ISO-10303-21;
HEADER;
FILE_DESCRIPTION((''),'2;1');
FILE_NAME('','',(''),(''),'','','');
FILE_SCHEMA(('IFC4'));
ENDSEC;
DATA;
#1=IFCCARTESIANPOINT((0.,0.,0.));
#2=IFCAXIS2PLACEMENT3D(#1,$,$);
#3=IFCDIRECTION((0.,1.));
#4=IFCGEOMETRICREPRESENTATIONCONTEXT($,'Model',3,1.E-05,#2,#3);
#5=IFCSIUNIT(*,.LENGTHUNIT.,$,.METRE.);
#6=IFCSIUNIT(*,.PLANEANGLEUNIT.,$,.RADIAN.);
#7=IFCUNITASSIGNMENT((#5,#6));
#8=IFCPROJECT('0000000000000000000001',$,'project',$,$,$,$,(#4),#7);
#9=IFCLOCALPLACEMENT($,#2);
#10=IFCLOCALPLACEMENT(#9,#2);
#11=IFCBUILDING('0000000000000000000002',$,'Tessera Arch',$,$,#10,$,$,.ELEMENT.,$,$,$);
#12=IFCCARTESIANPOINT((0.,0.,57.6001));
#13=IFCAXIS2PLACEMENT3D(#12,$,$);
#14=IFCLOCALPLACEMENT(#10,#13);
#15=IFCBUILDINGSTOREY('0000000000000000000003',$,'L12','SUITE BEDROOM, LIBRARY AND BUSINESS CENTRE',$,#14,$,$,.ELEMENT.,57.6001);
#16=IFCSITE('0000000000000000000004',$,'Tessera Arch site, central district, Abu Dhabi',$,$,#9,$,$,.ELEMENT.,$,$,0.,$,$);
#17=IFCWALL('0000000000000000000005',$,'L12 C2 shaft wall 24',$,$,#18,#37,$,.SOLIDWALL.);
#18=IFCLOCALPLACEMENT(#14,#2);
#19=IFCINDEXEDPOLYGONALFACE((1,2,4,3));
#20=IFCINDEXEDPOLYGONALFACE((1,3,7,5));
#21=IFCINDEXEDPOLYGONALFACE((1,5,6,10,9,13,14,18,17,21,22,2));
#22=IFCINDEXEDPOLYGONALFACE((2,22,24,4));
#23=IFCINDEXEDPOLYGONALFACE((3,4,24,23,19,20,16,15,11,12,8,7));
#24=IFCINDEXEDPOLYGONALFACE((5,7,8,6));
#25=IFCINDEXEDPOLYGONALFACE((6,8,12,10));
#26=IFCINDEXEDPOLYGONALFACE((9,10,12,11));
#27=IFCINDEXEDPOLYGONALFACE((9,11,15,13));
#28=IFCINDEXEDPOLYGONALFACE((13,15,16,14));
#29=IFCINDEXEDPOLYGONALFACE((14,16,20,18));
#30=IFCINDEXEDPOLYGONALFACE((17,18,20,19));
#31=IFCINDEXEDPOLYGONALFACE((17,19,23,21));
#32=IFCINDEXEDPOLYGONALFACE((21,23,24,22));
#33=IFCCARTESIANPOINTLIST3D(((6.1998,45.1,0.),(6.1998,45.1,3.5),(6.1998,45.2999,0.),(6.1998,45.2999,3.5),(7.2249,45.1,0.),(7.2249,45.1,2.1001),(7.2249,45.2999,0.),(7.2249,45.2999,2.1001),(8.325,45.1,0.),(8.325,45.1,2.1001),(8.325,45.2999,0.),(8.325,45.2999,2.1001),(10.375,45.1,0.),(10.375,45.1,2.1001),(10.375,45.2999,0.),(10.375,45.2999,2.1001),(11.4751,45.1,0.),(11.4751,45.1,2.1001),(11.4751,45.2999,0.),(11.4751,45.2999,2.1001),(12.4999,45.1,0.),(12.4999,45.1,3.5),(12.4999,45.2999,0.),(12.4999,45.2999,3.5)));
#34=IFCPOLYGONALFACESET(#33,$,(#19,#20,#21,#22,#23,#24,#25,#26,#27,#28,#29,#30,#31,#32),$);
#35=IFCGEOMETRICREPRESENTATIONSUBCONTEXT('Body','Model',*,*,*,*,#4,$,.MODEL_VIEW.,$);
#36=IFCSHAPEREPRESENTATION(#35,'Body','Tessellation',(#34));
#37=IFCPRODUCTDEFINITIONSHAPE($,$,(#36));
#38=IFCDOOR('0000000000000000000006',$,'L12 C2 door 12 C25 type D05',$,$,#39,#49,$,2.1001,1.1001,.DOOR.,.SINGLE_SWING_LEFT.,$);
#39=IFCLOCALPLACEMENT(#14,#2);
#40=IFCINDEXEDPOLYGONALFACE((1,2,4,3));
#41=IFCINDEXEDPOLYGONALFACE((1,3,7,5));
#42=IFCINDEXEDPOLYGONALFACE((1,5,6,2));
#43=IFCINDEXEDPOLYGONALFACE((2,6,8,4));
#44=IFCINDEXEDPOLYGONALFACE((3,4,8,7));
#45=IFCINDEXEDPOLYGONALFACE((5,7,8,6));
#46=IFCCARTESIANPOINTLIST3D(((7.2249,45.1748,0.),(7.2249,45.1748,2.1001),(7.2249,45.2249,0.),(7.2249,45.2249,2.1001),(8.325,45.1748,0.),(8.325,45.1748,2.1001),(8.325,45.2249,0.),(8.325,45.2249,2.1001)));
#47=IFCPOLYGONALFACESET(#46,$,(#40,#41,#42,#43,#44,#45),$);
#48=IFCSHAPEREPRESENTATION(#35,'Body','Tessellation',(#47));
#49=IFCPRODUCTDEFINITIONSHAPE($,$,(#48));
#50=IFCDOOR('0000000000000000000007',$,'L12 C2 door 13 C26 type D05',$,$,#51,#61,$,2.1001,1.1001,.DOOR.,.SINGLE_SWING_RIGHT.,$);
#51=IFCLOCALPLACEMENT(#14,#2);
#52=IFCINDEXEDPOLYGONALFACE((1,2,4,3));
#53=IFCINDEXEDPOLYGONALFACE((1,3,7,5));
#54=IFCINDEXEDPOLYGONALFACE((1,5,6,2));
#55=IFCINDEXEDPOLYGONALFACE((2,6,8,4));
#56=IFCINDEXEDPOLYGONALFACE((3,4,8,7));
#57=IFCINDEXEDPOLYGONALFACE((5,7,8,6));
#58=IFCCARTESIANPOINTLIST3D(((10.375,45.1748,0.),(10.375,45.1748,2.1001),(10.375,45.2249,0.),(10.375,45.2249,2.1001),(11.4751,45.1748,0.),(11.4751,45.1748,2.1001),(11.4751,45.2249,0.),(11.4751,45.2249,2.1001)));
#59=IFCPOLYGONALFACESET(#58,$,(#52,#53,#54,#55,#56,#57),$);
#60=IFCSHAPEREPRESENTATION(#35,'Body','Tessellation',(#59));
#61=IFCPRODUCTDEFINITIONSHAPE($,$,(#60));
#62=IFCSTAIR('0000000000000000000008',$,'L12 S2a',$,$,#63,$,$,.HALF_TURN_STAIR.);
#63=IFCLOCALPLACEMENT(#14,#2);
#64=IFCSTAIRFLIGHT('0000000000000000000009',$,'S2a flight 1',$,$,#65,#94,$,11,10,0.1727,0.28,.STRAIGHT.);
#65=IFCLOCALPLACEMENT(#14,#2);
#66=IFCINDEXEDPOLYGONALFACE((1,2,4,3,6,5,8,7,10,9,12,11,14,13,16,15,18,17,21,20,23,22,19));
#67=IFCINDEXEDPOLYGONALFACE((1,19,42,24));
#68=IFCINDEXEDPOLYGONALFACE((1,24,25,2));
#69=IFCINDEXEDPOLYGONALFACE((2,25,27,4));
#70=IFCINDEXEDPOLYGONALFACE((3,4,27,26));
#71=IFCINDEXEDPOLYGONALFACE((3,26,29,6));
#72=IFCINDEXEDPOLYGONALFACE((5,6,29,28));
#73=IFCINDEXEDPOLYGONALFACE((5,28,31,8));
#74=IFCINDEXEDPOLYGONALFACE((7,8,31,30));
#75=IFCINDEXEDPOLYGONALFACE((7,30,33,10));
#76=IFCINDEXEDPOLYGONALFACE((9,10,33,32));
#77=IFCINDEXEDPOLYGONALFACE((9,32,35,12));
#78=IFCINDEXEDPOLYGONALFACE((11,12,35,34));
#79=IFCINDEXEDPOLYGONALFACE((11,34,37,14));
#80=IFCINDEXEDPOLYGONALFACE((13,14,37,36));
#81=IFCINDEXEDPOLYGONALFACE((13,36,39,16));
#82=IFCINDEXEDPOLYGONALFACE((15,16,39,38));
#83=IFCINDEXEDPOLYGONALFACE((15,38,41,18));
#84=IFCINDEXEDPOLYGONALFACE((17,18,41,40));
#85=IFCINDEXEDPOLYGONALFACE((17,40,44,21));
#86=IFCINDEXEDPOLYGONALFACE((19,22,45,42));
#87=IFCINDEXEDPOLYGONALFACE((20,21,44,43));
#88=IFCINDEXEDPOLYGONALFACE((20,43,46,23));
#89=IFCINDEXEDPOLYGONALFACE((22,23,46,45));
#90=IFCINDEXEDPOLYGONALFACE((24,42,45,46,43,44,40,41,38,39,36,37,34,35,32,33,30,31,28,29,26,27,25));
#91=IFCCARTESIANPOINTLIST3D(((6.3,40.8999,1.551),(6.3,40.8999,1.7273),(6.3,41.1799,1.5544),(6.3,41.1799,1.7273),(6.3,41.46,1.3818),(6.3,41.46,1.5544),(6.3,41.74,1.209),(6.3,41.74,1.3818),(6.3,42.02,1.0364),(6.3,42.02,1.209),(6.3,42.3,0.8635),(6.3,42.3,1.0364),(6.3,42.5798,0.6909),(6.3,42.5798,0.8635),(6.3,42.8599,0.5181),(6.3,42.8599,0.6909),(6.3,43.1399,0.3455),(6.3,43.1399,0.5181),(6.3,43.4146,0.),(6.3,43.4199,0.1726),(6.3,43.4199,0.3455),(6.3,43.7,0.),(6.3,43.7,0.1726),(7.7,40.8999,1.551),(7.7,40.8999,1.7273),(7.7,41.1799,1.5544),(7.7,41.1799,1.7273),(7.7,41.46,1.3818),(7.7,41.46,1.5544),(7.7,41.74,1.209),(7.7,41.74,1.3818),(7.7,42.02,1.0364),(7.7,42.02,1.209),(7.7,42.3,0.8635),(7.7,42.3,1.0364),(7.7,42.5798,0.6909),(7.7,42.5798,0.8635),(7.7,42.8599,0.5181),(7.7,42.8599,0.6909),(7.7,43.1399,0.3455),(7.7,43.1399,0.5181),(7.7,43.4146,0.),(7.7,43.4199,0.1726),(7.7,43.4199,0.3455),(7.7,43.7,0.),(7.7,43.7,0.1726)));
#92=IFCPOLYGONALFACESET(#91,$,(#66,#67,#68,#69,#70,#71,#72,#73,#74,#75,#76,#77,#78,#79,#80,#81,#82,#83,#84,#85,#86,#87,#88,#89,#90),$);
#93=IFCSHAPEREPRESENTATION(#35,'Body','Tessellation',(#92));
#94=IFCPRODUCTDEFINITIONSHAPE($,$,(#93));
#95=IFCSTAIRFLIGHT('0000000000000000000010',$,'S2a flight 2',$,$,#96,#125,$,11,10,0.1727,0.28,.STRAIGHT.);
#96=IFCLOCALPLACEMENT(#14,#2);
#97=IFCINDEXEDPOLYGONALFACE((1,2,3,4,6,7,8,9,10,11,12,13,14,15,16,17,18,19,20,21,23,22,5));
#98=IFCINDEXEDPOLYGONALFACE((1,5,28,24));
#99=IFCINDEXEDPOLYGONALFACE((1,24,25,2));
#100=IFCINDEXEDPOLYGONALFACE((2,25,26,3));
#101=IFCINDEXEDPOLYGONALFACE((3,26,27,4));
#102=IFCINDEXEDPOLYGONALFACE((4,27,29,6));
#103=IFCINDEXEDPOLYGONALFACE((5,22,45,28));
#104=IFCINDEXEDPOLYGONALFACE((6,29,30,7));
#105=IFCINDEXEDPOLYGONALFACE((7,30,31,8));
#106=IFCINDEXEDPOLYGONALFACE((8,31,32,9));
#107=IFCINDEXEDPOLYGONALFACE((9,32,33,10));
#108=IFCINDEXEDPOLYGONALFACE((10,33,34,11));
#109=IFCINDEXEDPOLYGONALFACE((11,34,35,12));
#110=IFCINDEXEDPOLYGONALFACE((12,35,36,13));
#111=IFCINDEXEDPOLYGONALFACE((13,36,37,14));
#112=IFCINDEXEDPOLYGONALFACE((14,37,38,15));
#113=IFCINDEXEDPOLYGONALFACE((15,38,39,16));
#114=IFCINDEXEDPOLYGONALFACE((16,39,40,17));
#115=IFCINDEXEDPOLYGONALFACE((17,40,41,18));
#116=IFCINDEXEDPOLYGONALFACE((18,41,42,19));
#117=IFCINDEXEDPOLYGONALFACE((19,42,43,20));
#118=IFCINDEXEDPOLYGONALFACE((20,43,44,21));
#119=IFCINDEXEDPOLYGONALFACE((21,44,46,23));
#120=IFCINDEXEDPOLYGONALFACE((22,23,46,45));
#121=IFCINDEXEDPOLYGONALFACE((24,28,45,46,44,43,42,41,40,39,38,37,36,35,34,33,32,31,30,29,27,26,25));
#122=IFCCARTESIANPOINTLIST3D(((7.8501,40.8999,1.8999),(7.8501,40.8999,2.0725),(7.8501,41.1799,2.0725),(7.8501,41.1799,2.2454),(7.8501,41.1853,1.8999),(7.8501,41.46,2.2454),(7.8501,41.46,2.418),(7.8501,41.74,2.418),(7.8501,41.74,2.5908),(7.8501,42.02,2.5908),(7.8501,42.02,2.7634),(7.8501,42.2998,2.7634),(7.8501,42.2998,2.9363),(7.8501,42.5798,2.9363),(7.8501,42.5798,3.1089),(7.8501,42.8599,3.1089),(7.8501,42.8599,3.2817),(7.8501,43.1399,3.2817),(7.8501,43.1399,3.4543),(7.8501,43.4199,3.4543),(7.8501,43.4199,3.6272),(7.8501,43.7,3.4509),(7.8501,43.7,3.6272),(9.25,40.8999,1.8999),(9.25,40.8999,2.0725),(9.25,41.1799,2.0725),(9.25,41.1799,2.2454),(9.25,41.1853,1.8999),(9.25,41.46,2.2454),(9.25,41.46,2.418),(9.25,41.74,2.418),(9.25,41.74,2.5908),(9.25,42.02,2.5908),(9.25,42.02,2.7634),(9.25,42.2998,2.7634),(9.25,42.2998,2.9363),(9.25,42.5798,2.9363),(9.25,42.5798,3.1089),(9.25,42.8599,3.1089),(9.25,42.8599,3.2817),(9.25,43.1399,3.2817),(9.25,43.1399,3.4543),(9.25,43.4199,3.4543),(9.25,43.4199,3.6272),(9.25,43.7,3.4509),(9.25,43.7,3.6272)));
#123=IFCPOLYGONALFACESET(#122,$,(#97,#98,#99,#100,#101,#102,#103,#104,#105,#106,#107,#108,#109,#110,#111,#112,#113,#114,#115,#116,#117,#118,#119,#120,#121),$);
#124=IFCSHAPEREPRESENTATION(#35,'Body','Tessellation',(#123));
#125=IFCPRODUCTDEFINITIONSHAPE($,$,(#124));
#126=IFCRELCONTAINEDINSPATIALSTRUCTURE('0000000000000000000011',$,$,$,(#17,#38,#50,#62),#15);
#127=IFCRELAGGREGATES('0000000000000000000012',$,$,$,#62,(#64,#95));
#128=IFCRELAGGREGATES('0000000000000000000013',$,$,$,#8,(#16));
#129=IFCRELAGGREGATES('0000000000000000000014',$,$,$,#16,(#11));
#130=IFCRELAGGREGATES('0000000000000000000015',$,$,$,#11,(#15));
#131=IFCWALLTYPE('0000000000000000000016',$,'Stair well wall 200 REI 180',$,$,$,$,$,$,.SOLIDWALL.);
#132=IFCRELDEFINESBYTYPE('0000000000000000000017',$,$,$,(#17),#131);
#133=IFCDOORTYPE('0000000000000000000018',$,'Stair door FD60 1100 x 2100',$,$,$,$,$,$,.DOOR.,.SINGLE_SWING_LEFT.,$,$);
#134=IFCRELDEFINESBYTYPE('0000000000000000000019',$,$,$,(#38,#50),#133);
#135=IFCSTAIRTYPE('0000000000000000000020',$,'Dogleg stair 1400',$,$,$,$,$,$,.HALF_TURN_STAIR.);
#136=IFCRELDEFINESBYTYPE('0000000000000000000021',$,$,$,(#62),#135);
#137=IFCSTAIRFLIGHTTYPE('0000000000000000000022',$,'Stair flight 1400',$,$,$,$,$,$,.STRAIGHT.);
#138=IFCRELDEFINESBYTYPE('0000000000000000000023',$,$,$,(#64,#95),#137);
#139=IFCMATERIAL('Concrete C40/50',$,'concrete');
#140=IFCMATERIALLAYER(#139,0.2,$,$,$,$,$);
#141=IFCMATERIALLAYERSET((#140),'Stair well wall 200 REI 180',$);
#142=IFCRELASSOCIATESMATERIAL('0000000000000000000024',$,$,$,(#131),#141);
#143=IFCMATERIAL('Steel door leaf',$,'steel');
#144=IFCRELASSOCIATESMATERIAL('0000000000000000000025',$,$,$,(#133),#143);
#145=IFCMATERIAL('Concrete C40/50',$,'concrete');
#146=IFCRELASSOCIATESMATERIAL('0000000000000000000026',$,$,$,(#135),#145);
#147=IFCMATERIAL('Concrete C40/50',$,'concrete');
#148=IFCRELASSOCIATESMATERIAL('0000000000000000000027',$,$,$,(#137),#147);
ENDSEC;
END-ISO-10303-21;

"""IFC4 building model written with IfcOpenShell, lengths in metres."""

from ifc_helpers import new_model, si_unit, direction, frame, frame_2d, origin, place, context, subcontext, project, spatial, polyline, rectangle, outline, extrude, material, layer, layer_set, type_object, element, fill, aggregate, save


model = new_model("IFC4")

# Units and contexts
model_context = context("Model", 3, precision=1e-05, world=origin(), true_north=direction((0.0, 1.0)))
body_context = subcontext(model_context, "Body", "Model", "MODEL_VIEW")
ifc_project = project(units=[si_unit("LENGTHUNIT", "METRE"), si_unit("PLANEANGLEUNIT", "RADIAN")], contexts=[model_context])

# Site, building, storey
site_placement = place(None, origin())
site = spatial("IfcSite", under=ifc_project, at=site_placement, Name="Tessera Arch site, central district, Abu Dhabi", CompositionType="ELEMENT", RefElevation=0.0)
building_placement = place(site_placement, origin())
building = spatial("IfcBuilding", under=site, at=building_placement, Name="Tessera Arch", CompositionType="ELEMENT")
storey_placement = place(building_placement, frame((0.0, 0.0, 57.6001)))
storey = spatial("IfcBuildingStorey", under=building, at=storey_placement, Name="L12", Description="SUITE BEDROOM, LIBRARY AND BUSINESS CENTRE", CompositionType="ELEMENT", Elevation=57.6001)

# Shared definitions
ifc_material_1 = material(Name="Concrete C40/50", Category="concrete")
ifc_layer_1 = layer(ifc_material_1, 0.2)
ifc_layer_set_1 = layer_set([ifc_layer_1], Name="Stair well wall 200 REI 180")
wall_type_1 = type_object("IfcWallType", Name="Stair well wall 200 REI 180", PredefinedType="SOLIDWALL", material=ifc_layer_set_1)

# Wall, openings, doors
wall_1_placement = place(storey_placement, frame((6.2, 45.2, 0.0), z_axis=(0.0, 0.0, 1.0), x_axis=(1.0, 0.0, 0.0)))
wall_1 = element("IfcWall", 1, at=wall_1_placement, inside=storey, type_object=wall_type_1, Name="L12 C2 shaft wall 24", PredefinedType="SOLIDWALL", context=body_context, shape_type="SweptSolid", body=[
    extrude(rectangle(XDim=6.3, YDim=0.2, at=frame_2d((3.1499, 0.0))), origin(), (0.0, 0.0, 1.0), 3.5),
])
opening_1_placement = place(wall_1_placement, frame((1.0249, 0.0, 0.0)))
opening_1 = element("IfcOpeningElement", 2, at=opening_1_placement, cuts=wall_1, PredefinedType="OPENING", context=body_context, shape_type="SweptSolid", body=[
    extrude(rectangle(XDim=1.1001, YDim=2.1001, at=frame_2d((0.55, 1.05))), frame((0.0, 0.1099, 0.0), z_axis=(0.0, -1.0, 0.0), x_axis=(1.0, 0.0, 0.0)), (0.0, 0.0, 1.0), 0.22),
])
opening_2_placement = place(wall_1_placement, frame((4.175, 0.0, 0.0)))
opening_2 = element("IfcOpeningElement", 3, at=opening_2_placement, cuts=wall_1, PredefinedType="OPENING", context=body_context, shape_type="SweptSolid", body=[
    extrude(rectangle(XDim=1.1001, YDim=2.1001, at=frame_2d((0.55, 1.05))), frame((0.0, 0.1099, 0.0), z_axis=(0.0, -1.0, 0.0), x_axis=(1.0, 0.0, 0.0)), (0.0, 0.0, 1.0), 0.22),
])
ifc_material_2 = material(Name="Steel door leaf", Category="steel")
door_type_1 = type_object("IfcDoorType", Name="Stair door FD60 1100 x 2100", OperationType="SINGLE_SWING_LEFT", PredefinedType="DOOR", material=ifc_material_2)
door_1_placement = place(opening_1_placement, origin())
door_1 = element("IfcDoor", 4, at=door_1_placement, inside=storey, type_object=door_type_1, Name="L12 C2 door 12 C25 type D05", OperationType="SINGLE_SWING_LEFT", OverallHeight=2.1001, OverallWidth=1.1001, PredefinedType="DOOR", context=body_context, shape_type="SweptSolid", body=[
    extrude(rectangle(XDim=1.1001, YDim=2.1001, at=frame_2d((0.55, 1.05))), frame((0.0, 0.0249, 0.0), z_axis=(0.0, -1.0, 0.0), x_axis=(1.0, 0.0, 0.0)), (0.0, 0.0, 1.0), 0.05),
])
fill(opening_1, door_1)
door_2_placement = place(opening_2_placement, origin())
door_2 = element("IfcDoor", 5, at=door_2_placement, inside=storey, type_object=door_type_1, Name="L12 C2 door 13 C26 type D05", OperationType="SINGLE_SWING_RIGHT", OverallHeight=2.1001, OverallWidth=1.1001, PredefinedType="DOOR", context=body_context, shape_type="SweptSolid", body=[
    extrude(rectangle(XDim=1.1001, YDim=2.1001, at=frame_2d((0.55, 1.05))), frame((0.0, 0.0249, 0.0), z_axis=(0.0, -1.0, 0.0), x_axis=(1.0, 0.0, 0.0)), (0.0, 0.0, 1.0), 0.05),
])
fill(opening_2, door_2)

# Stair, stair flights
ifc_material_3 = material(Name="Concrete C40/50", Category="concrete")
stair_type = type_object("IfcStairType", Name="Dogleg stair 1400", PredefinedType="HALF_TURN_STAIR", material=ifc_material_3)
stair_placement = place(storey_placement, origin())
stair = element("IfcStair", 6, at=stair_placement, inside=storey, type_object=stair_type, Name="L12 S2a", PredefinedType="HALF_TURN_STAIR")
ifc_material_4 = material(Name="Concrete C40/50", Category="concrete")
stair_flight_type = type_object("IfcStairFlightType", Name="Stair flight 1400", PredefinedType="STRAIGHT", material=ifc_material_4)
stair_flight_1_placement = place(storey_placement, frame((7.0, 43.7, 0.0), z_axis=(0.0, 0.0, 1.0), x_axis=(0.0, -1.0, 0.0)))
stair_flight_1 = element("IfcStairFlight", 7, at=stair_flight_1_placement, type_object=stair_flight_type, Name="S2a flight 1", NumberOfRisers=11, NumberOfTreads=10, PredefinedType="STRAIGHT", RiserHeight=0.1727, TreadLength=0.28, context=body_context, shape_type="SweptSolid", body=[
    extrude(outline(polyline([(0.0, 0.0), (0.0, 0.1726), (0.28, 0.1726), (0.28, 0.3455), (0.5601, 0.3455), (0.5601, 0.5181), (0.8401, 0.5181), (0.8401, 0.6909), (1.1201, 0.6909), (1.1201, 0.8635), (1.3999, 0.8635), (1.3999, 1.0364), (1.6799, 1.0364), (1.6799, 1.209), (1.96, 1.209), (1.96, 1.3818), (2.24, 1.3818), (2.24, 1.5544), (2.52, 1.5544), (2.52, 1.7273), (2.8, 1.7273), (2.8, 1.8999), (2.8, 1.551), (0.2854, 0.0), (0.0, 0.0)])), frame((0.0, 0.7, 0.0), z_axis=(0.0, -1.0, 0.0), x_axis=(1.0, 0.0, 0.0)), (0.0, 0.0, 1.0), 1.3999),
])
stair_flight_2_placement = place(storey_placement, frame((8.55, 40.8999, 1.8999), z_axis=(0.0, 0.0, 1.0), x_axis=(0.0, 1.0, 0.0)))
stair_flight_2 = element("IfcStairFlight", 8, at=stair_flight_2_placement, type_object=stair_flight_type, Name="S2a flight 2", NumberOfRisers=11, NumberOfTreads=10, PredefinedType="STRAIGHT", RiserHeight=0.1727, TreadLength=0.28, context=body_context, shape_type="SweptSolid", body=[
    extrude(outline(polyline([(0.0, 0.0), (0.0, 0.1726), (0.28, 0.1726), (0.28, 0.3455), (0.5601, 0.3455), (0.5601, 0.5181), (0.8401, 0.5181), (0.8401, 0.6909), (1.1201, 0.6909), (1.1201, 0.8635), (1.3999, 0.8635), (1.3999, 1.0364), (1.6799, 1.0364), (1.6799, 1.209), (1.96, 1.209), (1.96, 1.3818), (2.24, 1.3818), (2.24, 1.5544), (2.52, 1.5544), (2.52, 1.7273), (2.8, 1.7273), (2.8, 1.8999), (2.8, 1.551), (0.2854, 0.0), (0.0, 0.0)])), frame((0.0, 0.7, 0.0), z_axis=(0.0, -1.0, 0.0), x_axis=(1.0, 0.0, 0.0)), (0.0, 0.0, 1.0), 1.3999),
])
aggregate(stair, [stair_flight_1, stair_flight_2])

save(model, "model.ifc")
